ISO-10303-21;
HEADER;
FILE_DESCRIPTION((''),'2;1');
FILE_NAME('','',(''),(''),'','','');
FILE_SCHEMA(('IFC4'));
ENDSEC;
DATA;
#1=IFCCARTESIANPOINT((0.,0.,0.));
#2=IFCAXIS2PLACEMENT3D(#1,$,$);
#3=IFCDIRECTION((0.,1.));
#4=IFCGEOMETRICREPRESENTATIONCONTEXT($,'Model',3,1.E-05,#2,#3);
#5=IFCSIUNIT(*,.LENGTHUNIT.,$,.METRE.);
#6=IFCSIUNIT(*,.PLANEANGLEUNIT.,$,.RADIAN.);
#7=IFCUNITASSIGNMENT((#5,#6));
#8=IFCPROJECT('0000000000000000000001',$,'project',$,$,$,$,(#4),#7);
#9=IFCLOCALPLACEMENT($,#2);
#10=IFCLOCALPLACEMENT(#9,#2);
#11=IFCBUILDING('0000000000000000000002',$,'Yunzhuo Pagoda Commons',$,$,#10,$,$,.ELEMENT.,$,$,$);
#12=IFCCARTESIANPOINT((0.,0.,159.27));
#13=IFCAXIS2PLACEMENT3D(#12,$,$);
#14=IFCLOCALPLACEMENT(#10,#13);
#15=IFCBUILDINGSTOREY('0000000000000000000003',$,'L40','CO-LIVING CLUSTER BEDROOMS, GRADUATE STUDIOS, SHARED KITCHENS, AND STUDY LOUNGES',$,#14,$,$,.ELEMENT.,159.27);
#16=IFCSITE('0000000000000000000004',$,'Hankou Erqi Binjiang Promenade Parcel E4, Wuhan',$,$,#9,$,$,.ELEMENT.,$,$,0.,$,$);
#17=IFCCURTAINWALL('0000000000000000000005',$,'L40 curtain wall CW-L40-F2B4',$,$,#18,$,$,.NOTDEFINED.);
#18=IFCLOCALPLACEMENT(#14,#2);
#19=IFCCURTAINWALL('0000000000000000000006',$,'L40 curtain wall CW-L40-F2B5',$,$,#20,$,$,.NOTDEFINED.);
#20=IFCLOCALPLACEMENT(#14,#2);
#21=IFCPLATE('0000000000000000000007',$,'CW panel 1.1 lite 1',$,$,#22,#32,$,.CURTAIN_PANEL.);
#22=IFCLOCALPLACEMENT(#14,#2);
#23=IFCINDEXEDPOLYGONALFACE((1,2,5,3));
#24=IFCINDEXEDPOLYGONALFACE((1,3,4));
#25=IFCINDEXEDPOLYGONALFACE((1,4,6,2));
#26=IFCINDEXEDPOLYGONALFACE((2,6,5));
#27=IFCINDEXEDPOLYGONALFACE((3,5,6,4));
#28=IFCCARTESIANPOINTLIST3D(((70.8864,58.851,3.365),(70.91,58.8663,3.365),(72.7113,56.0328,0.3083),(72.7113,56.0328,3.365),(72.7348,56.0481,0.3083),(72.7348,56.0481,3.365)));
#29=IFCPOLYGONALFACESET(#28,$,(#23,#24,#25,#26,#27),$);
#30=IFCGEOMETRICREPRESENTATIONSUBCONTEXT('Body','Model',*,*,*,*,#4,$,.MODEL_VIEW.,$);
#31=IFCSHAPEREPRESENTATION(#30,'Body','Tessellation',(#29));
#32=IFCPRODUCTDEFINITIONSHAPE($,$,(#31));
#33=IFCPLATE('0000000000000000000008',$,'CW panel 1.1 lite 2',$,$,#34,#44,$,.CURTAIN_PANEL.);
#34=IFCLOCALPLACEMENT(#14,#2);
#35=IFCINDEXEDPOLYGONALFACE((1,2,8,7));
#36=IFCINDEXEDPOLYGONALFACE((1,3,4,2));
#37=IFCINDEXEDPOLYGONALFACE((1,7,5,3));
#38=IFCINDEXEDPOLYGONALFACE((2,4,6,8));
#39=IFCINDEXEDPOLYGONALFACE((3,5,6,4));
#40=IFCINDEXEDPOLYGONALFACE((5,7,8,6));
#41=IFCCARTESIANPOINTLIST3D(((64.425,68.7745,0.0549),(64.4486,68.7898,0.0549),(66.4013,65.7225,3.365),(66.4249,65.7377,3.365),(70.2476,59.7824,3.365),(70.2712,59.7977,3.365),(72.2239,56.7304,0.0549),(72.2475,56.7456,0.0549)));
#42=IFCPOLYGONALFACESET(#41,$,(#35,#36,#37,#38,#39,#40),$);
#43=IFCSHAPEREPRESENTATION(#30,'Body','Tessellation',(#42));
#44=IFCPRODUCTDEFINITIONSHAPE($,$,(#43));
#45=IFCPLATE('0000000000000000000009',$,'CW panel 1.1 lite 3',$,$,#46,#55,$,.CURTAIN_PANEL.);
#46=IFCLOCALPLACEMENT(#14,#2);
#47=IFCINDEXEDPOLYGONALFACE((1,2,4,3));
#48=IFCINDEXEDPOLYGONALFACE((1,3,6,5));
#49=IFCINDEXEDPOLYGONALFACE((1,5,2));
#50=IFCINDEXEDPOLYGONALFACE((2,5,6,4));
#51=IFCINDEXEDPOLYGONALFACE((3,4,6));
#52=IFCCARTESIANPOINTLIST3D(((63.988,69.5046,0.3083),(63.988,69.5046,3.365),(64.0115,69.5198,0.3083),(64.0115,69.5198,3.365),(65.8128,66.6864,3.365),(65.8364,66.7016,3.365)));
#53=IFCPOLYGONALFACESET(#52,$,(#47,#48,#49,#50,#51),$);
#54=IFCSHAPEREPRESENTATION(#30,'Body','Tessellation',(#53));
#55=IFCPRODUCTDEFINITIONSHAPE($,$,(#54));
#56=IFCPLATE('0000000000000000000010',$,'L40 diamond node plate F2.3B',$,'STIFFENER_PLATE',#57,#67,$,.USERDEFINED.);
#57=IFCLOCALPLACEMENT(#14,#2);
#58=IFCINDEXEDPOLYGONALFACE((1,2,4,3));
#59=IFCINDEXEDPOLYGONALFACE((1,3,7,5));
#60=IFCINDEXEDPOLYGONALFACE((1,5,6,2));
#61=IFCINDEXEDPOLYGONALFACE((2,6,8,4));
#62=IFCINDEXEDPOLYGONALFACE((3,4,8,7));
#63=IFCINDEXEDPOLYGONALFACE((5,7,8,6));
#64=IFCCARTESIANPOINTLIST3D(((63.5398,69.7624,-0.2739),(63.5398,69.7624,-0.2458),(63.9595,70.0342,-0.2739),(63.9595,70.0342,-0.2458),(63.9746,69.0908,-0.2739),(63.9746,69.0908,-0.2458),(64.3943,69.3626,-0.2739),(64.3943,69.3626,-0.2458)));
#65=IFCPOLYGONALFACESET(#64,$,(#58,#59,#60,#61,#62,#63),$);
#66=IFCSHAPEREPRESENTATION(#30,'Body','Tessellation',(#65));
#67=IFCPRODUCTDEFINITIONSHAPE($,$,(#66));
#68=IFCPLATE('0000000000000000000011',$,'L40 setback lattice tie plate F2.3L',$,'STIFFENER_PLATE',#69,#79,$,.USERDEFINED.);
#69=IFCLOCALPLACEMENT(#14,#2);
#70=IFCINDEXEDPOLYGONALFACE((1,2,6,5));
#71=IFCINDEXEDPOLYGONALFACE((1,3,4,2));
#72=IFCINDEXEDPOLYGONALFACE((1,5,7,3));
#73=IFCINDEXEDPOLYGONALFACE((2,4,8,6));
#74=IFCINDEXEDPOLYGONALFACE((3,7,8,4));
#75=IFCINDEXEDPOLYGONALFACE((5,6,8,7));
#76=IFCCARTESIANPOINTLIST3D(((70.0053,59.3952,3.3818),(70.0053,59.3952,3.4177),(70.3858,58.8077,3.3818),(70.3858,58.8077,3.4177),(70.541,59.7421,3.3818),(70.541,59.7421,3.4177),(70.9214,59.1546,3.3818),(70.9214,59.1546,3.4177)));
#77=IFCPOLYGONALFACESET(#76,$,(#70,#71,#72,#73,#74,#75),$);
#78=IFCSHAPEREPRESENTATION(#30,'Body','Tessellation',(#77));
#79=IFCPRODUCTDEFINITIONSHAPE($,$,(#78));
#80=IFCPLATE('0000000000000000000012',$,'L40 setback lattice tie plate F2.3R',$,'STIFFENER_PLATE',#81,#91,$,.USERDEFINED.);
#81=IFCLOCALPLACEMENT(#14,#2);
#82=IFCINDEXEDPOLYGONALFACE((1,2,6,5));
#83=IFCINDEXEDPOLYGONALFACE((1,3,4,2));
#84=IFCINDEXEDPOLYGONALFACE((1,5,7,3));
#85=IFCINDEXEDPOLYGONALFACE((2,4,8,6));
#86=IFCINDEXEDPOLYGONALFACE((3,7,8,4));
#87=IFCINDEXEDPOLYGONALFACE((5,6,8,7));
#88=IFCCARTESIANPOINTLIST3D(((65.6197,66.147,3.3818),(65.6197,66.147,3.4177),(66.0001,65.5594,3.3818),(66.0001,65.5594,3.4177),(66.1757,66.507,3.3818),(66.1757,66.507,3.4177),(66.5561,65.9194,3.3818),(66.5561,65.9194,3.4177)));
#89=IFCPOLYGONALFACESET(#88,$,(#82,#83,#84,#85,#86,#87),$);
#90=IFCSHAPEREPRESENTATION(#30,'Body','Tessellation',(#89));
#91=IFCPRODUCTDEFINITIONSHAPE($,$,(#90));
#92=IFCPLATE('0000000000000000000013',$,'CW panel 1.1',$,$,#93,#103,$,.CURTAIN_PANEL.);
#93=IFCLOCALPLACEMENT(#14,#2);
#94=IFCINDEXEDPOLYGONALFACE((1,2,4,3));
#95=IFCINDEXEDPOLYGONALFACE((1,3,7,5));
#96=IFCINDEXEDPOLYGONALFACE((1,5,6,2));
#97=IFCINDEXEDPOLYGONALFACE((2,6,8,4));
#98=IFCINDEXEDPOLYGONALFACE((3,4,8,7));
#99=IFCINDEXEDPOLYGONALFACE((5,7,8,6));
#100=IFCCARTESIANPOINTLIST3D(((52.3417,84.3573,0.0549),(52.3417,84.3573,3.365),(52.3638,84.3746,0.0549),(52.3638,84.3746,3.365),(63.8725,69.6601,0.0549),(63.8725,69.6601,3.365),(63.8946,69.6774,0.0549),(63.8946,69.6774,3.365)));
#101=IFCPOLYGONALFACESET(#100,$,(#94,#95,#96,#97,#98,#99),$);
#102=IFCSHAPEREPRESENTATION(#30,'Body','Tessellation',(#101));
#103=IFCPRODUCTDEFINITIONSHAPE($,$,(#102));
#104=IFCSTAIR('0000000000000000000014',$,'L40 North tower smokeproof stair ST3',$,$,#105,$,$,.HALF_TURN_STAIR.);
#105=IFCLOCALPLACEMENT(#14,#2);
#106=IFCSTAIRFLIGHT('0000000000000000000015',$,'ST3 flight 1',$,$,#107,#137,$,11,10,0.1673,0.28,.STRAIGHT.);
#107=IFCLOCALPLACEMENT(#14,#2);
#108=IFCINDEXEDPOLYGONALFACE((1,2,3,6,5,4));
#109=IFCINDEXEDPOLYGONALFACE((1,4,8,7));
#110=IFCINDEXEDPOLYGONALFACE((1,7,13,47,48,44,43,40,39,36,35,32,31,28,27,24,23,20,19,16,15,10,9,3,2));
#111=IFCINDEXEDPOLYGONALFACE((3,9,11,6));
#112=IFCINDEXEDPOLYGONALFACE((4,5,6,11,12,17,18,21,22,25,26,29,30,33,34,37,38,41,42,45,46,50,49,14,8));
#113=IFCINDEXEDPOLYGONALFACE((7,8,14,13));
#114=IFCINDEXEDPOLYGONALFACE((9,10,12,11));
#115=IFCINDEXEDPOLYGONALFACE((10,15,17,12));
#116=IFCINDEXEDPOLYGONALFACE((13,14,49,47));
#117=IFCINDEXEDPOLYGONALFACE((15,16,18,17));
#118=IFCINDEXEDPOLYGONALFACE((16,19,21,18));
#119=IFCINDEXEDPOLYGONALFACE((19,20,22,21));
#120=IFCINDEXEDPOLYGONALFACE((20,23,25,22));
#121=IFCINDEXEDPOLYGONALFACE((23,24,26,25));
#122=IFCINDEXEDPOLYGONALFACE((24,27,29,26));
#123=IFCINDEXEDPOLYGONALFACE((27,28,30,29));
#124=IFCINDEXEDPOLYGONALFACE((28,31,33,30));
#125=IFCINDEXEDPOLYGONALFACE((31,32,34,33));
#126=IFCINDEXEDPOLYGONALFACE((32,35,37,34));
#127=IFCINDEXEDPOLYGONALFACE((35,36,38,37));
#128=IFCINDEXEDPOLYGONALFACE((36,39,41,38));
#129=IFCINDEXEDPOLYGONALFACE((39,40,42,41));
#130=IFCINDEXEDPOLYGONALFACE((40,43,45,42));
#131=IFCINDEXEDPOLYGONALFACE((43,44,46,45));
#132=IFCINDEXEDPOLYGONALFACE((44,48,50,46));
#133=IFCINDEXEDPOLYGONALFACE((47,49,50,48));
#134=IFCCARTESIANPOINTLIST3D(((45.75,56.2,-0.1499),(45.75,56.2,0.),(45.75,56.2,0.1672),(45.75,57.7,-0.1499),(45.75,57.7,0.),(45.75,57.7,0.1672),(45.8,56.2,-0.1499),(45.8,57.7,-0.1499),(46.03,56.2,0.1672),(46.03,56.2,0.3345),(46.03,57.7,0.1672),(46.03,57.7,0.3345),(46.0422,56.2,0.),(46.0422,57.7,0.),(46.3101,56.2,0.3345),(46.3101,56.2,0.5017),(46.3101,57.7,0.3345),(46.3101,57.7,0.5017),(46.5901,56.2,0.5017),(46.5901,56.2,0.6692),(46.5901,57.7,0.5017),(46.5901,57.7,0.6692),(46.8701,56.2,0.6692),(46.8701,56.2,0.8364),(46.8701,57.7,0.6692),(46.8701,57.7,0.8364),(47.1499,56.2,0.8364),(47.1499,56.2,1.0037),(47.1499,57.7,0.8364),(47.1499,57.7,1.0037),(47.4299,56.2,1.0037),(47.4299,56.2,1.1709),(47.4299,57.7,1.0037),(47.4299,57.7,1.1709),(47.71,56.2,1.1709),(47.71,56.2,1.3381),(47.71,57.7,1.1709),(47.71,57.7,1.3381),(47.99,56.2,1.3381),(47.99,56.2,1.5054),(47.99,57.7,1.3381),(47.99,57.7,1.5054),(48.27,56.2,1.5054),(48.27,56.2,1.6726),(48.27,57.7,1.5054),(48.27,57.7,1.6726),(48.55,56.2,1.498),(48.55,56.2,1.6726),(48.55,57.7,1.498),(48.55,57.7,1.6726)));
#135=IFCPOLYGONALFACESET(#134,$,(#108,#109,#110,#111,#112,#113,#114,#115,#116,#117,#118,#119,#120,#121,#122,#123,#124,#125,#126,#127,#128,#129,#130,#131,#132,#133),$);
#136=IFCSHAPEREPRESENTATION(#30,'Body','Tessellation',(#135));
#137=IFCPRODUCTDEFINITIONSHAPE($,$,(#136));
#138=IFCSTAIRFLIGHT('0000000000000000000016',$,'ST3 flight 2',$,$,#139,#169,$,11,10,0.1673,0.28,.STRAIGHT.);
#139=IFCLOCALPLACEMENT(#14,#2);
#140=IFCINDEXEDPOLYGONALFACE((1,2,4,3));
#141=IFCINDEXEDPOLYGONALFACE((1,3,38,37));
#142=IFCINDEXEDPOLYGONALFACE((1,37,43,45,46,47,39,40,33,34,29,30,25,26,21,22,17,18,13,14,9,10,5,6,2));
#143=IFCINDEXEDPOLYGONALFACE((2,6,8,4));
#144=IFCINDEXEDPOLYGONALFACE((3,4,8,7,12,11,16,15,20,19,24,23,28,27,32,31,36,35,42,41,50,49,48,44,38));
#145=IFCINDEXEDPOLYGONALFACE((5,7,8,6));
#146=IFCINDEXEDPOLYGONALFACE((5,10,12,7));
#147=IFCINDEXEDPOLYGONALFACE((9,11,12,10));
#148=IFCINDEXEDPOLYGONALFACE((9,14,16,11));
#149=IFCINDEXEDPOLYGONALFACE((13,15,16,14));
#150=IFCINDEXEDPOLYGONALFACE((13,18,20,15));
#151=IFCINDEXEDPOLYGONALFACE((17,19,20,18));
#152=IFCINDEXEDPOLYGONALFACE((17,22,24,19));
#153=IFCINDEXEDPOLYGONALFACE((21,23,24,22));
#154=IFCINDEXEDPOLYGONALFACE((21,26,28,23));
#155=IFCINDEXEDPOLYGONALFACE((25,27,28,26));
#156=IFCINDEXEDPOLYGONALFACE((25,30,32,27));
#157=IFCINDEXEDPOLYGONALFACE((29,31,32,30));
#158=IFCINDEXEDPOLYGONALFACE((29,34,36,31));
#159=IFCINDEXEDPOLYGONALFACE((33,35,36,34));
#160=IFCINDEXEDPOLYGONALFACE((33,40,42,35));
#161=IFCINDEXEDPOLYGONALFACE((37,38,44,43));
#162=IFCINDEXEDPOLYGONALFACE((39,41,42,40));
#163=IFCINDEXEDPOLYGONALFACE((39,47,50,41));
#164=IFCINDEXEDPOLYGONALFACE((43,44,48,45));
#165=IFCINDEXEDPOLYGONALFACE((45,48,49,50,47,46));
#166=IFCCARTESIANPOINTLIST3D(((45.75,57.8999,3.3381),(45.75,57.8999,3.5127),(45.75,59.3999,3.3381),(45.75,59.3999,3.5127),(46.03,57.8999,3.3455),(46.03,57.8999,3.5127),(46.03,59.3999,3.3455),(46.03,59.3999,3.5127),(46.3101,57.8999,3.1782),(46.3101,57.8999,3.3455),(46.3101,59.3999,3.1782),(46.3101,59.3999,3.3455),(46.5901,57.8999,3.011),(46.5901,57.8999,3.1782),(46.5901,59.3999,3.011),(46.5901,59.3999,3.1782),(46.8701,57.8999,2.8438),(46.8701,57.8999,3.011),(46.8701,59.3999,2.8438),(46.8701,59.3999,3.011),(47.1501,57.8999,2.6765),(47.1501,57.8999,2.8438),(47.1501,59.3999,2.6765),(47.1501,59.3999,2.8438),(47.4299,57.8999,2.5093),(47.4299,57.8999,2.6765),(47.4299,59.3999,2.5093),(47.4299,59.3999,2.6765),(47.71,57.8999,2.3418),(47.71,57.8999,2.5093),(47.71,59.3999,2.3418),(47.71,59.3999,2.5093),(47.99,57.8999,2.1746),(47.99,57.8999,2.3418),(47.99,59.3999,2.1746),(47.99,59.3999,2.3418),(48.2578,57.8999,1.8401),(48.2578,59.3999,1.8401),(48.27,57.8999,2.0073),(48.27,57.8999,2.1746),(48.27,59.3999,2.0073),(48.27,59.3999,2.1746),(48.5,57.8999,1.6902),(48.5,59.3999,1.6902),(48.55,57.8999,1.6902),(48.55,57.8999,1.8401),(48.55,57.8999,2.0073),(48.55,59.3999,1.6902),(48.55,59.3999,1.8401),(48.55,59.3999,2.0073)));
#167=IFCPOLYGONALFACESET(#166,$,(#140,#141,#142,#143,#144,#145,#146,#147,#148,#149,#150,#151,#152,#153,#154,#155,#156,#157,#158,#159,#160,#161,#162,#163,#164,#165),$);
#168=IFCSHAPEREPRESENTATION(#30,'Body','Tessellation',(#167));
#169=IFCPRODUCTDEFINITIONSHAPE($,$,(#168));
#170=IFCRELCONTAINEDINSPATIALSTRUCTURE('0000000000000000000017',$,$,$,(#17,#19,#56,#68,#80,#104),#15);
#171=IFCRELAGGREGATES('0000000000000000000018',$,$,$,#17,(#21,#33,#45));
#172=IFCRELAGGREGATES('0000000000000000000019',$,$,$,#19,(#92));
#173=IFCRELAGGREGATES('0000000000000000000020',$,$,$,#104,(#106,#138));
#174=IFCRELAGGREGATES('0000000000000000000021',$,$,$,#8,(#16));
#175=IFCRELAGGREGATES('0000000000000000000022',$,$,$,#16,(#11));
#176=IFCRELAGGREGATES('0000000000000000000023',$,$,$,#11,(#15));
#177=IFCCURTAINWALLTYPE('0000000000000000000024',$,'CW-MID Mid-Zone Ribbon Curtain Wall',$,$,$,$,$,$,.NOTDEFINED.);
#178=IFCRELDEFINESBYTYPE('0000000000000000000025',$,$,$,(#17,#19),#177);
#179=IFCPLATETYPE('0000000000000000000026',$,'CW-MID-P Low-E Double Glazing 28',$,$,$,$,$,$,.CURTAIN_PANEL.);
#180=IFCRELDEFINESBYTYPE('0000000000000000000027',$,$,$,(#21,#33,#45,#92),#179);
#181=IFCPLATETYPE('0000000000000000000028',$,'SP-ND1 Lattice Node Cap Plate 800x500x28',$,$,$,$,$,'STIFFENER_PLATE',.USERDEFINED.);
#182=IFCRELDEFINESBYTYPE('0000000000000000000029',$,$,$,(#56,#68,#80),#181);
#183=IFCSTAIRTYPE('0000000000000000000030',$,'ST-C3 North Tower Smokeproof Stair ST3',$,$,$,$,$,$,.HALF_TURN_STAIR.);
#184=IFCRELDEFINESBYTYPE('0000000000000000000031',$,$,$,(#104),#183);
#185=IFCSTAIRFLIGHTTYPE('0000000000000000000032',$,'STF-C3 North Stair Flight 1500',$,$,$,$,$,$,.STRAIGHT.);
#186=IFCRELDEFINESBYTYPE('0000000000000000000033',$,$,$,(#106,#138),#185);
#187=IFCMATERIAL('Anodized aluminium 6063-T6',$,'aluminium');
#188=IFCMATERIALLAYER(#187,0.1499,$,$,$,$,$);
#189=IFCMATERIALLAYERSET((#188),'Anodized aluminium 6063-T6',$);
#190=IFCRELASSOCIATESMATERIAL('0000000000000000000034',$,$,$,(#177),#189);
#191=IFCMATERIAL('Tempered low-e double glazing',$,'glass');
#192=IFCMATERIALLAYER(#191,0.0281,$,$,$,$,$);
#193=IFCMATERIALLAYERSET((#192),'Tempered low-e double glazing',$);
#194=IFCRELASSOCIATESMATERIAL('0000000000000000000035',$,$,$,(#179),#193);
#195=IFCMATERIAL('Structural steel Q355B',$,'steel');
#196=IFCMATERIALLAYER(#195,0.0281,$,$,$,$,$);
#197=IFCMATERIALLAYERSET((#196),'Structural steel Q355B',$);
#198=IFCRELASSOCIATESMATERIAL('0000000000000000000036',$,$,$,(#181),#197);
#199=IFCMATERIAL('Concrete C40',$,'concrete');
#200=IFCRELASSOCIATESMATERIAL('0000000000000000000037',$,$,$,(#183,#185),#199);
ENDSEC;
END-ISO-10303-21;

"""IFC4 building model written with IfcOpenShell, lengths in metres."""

from ifc_helpers import new_model, si_unit, direction, frame, origin, origin_2d, place, context, subcontext, project, spatial, polyline, rectangle, outline, extrude, source, transform, mapped, material, layer, layer_set, type_object, element, aggregate, save


model = new_model("IFC4")

# Units and contexts
model_context = context("Model", 3, precision=1e-05, world=origin(), true_north=direction((0.0, 1.0)))
body_context = subcontext(model_context, "Body", "Model", "MODEL_VIEW")
ifc_project = project(units=[si_unit("LENGTHUNIT", "METRE"), si_unit("PLANEANGLEUNIT", "RADIAN")], contexts=[model_context])

# Site, building, storey
site_placement = place(None, origin())
site = spatial("IfcSite", under=ifc_project, at=site_placement, Name="Hankou Erqi Binjiang Promenade Parcel E4, Wuhan", CompositionType="ELEMENT", RefElevation=0.0)
building_placement = place(site_placement, origin())
building = spatial("IfcBuilding", under=site, at=building_placement, Name="Yunzhuo Pagoda Commons", CompositionType="ELEMENT")
storey_placement = place(building_placement, frame((0.0, 0.0, 159.27)))
storey = spatial("IfcBuildingStorey", under=building, at=storey_placement, Name="L40", Description="CO-LIVING CLUSTER BEDROOMS, GRADUATE STUDIOS, SHARED KITCHENS, AND STUDY LOUNGES", CompositionType="ELEMENT", Elevation=159.27)

# Shared definitions
ifc_material_1 = material(Name="Structural steel Q355B", Category="steel")

# Curtain wall
ifc_material_2 = material(Name="Anodized aluminium 6063-T6", Category="aluminium")
ifc_layer_1 = layer(ifc_material_2, 0.1499)
ifc_layer_set_1 = layer_set([ifc_layer_1], Name="Anodized aluminium 6063-T6")
curtain_wall_type = type_object("IfcCurtainWallType", Name="CW-MID Mid-Zone Ribbon Curtain Wall", PredefinedType="NOTDEFINED", material=ifc_layer_set_1)
curtain_wall_1_placement = place(storey_placement, origin())
curtain_wall_1 = element("IfcCurtainWall", 1, at=curtain_wall_1_placement, inside=storey, type_object=curtain_wall_type, Name="L40 curtain wall CW-L40-F2B4", PredefinedType="NOTDEFINED")

# Curtain wall
curtain_wall_2_placement = place(storey_placement, origin())
curtain_wall_2 = element("IfcCurtainWall", 2, at=curtain_wall_2_placement, inside=storey, type_object=curtain_wall_type, Name="L40 curtain wall CW-L40-F2B5", PredefinedType="NOTDEFINED")

# Plates
ifc_material_3 = material(Name="Tempered low-e double glazing", Category="glass")
ifc_layer_2 = layer(ifc_material_3, 0.0281)
ifc_layer_set_2 = layer_set([ifc_layer_2], Name="Tempered low-e double glazing")
plate_type_1 = type_object("IfcPlateType", Name="CW-MID-P Low-E Double Glazing 28", PredefinedType="CURTAIN_PANEL", material=ifc_layer_set_2)
plate_1_placement = place(storey_placement, frame((71.7988, 57.4419, 1.8367), z_axis=(0.839393, 0.543526, 0.0), x_axis=(-0.543526, 0.839393, 0.0)))
plate_1 = element("IfcPlate", 3, at=plate_1_placement, type_object=plate_type_1, Name="CW panel 1.1 lite 1", PredefinedType="CURTAIN_PANEL", context=body_context, shape_type="SweptSolid", body=[
    extrude(outline(polyline([(-1.6787, -1.5283), (1.6787, 1.5283), (-1.6787, 1.5283), (-1.6787, -1.5283)])), origin(), (0.0, 0.0, 1.0), 0.0281),
])
plate_2_placement = place(storey_placement, frame((68.3245, 62.7524, 1.71), z_axis=(0.839393, 0.543526, 0.0), x_axis=(-0.543526, 0.839393, 0.0)))
plate_2 = element("IfcPlate", 4, at=plate_2_placement, type_object=plate_type_1, Name="CW panel 1.1 lite 2", PredefinedType="CURTAIN_PANEL", context=body_context, shape_type="SweptSolid", body=[
    extrude(outline(polyline([(-7.1743, -1.655), (7.1743, -1.655), (3.5383, 1.655), (-3.5383, 1.655), (-7.1743, -1.655)])), origin(), (0.0, 0.0, 1.0), 0.0281),
])
plate_3_placement = place(storey_placement, frame((64.9004, 68.0955, 1.8367), z_axis=(0.839393, 0.543526, 0.0), x_axis=(-0.543526, 0.839393, 0.0)))
plate_3 = element("IfcPlate", 5, at=plate_3_placement, type_object=plate_type_1, Name="CW panel 1.1 lite 3", PredefinedType="CURTAIN_PANEL", context=body_context, shape_type="SweptSolid", body=[
    extrude(outline(polyline([(-1.6787, 1.5283), (1.6787, -1.5283), (1.6787, 1.5283), (-1.6787, 1.5283)])), origin(), (0.0, 0.0, 1.0), 0.0281),
])
aggregate(curtain_wall_1, [plate_1, plate_2, plate_3])

# Plates
ifc_layer_3 = layer(ifc_material_1, 0.0281)
ifc_layer_set_3 = layer_set([ifc_layer_3], Name="Structural steel Q355B")
plate_type_2 = type_object("IfcPlateType", Name="SP-ND1 Lattice Node Cap Plate 800x500x28", ElementType="STIFFENER_PLATE", PredefinedType="USERDEFINED", material=ifc_layer_set_3)
shared_shape_1 = source(origin(), body_context, "Body", "SweptSolid", [
    extrude(rectangle(XDim=0.8, YDim=0.5, at=origin_2d()), origin(), (0.0, 0.0, 1.0), 0.0281),
])
plate_4_placement = place(storey_placement, frame((63.967, 69.5625, -0.2739), z_axis=(0.0, 0.0, 1.0), x_axis=(-0.543526, 0.839392, 0.0)))
element("IfcPlate", 6, at=plate_4_placement, inside=storey, type_object=plate_type_2, Name="L40 diamond node plate F2.3B", ObjectType="STIFFENER_PLATE", PredefinedType="USERDEFINED", context=body_context, shape_type="MappedRepresentation", body=[
    mapped(shared_shape_1, transform((0.0, 0.0, 0.0), scale=1.0)),
])
shared_shape_2 = source(origin(), body_context, "Body", "SweptSolid", [
    extrude(rectangle(XDim=0.7, YDim=0.6382, at=origin_2d()), origin(), (0.0, 0.0, 1.0), 0.0359),
])
plate_5_placement = place(storey_placement, frame((70.4634, 59.2749, 3.3818), z_axis=(0.0, 0.0, 1.0), x_axis=(-0.543526, 0.839392, 0.0)))
element("IfcPlate", 7, at=plate_5_placement, inside=storey, type_object=plate_type_2, Name="L40 setback lattice tie plate F2.3L", ObjectType="STIFFENER_PLATE", PredefinedType="USERDEFINED", context=body_context, shape_type="MappedRepresentation", body=[
    mapped(shared_shape_2, transform((0.0, 0.0, 0.0), scale=1.0)),
])
shared_shape_3 = source(origin(), body_context, "Body", "SweptSolid", [
    extrude(rectangle(XDim=0.7, YDim=0.6624, at=origin_2d()), origin(), (0.0, 0.0, 1.0), 0.0359),
])
plate_6_placement = place(storey_placement, frame((66.0879, 66.0332, 3.3818), z_axis=(0.0, 0.0, 1.0), x_axis=(-0.543526, 0.839392, 0.0)))
element("IfcPlate", 8, at=plate_6_placement, inside=storey, type_object=plate_type_2, Name="L40 setback lattice tie plate F2.3R", ObjectType="STIFFENER_PLATE", PredefinedType="USERDEFINED", context=body_context, shape_type="MappedRepresentation", body=[
    mapped(shared_shape_3, transform((0.0, 0.0, 0.0), scale=1.0)),
])

# Plate
shared_shape_4 = source(origin(), body_context, "Body", "SweptSolid", [
    extrude(rectangle(XDim=18.6807, YDim=0.0281, at=origin_2d()), origin(), (0.0, 0.0, 1.0), 3.3101),
])
plate_7_placement = place(storey_placement, frame((58.1182, 77.0173, 0.0549), z_axis=(0.0, 0.0, 1.0), x_axis=(-0.61726, 0.786759, 0.0)))
plate_7 = element("IfcPlate", 9, at=plate_7_placement, type_object=plate_type_1, Name="CW panel 1.1", PredefinedType="CURTAIN_PANEL", context=body_context, shape_type="MappedRepresentation", body=[
    mapped(shared_shape_4, transform((0.0, 0.0, 0.0), scale=1.0)),
])
aggregate(curtain_wall_2, [plate_7])

# Stair, stair flights
ifc_material_4 = material(Name="Concrete C40", Category="concrete")
stair_type = type_object("IfcStairType", Name="ST-C3 North Tower Smokeproof Stair ST3", PredefinedType="HALF_TURN_STAIR", material=ifc_material_4)
stair_placement = place(storey_placement, origin())
stair = element("IfcStair", 10, at=stair_placement, inside=storey, type_object=stair_type, Name="L40 North tower smokeproof stair ST3", PredefinedType="HALF_TURN_STAIR")
stair_flight_type = type_object("IfcStairFlightType", Name="STF-C3 North Stair Flight 1500", PredefinedType="STRAIGHT", material=ifc_material_4)
shared_shape_5 = source(origin(), body_context, "Body", "SweptSolid", [
    extrude(outline(polyline([(0.0, -0.1499), (0.0, 0.0), (0.0, 0.1672), (0.28, 0.1672), (0.28, 0.3345), (0.5601, 0.3345), (0.5601, 0.5017), (0.8401, 0.5017), (0.8401, 0.6692), (1.1201, 0.6692), (1.1201, 0.8364), (1.3999, 0.8364), (1.3999, 1.0037), (1.6799, 1.0037), (1.6799, 1.1709), (1.96, 1.1709), (1.96, 1.3381), (2.24, 1.3381), (2.24, 1.5054), (2.52, 1.5054), (2.52, 1.6726), (2.8, 1.6726), (2.8, 1.8401), (2.8, 1.498), (0.2922, 0.0), (0.05, -0.1499), (0.0, -0.1499)])), frame((0.0, 0.75, 0.0), z_axis=(0.0, -1.0, 0.0), x_axis=(1.0, 0.0, 0.0)), (0.0, 0.0, 1.0), 1.5),
])
stair_flight_1_placement = place(storey_placement, frame((45.75, 56.95, 0.0), z_axis=(0.0, 0.0, 1.0), x_axis=(1.0, 0.0, 0.0)))
stair_flight_1 = element("IfcStairFlight", 11, at=stair_flight_1_placement, type_object=stair_flight_type, Name="ST3 flight 1", NumberOfRisers=11, NumberOfTreads=10, PredefinedType="STRAIGHT", RiserHeight=0.1673, TreadLength=0.28, context=body_context, shape_type="MappedRepresentation", body=[
    mapped(shared_shape_5, transform((0.0, 0.0, 0.0), scale=1.0)),
])
stair_flight_2_placement = place(storey_placement, frame((48.55, 58.6499, 1.8401), z_axis=(0.0, 0.0, 1.0), x_axis=(-1.0, 0.0, 0.0)))
stair_flight_2 = element("IfcStairFlight", 12, at=stair_flight_2_placement, type_object=stair_flight_type, Name="ST3 flight 2", NumberOfRisers=11, NumberOfTreads=10, PredefinedType="STRAIGHT", RiserHeight=0.1673, TreadLength=0.28, context=body_context, shape_type="MappedRepresentation", body=[
    mapped(shared_shape_5, transform((0.0, 0.0, 0.0), scale=1.0)),
])
aggregate(stair, [stair_flight_1, stair_flight_2])

save(model, "model.ifc")
